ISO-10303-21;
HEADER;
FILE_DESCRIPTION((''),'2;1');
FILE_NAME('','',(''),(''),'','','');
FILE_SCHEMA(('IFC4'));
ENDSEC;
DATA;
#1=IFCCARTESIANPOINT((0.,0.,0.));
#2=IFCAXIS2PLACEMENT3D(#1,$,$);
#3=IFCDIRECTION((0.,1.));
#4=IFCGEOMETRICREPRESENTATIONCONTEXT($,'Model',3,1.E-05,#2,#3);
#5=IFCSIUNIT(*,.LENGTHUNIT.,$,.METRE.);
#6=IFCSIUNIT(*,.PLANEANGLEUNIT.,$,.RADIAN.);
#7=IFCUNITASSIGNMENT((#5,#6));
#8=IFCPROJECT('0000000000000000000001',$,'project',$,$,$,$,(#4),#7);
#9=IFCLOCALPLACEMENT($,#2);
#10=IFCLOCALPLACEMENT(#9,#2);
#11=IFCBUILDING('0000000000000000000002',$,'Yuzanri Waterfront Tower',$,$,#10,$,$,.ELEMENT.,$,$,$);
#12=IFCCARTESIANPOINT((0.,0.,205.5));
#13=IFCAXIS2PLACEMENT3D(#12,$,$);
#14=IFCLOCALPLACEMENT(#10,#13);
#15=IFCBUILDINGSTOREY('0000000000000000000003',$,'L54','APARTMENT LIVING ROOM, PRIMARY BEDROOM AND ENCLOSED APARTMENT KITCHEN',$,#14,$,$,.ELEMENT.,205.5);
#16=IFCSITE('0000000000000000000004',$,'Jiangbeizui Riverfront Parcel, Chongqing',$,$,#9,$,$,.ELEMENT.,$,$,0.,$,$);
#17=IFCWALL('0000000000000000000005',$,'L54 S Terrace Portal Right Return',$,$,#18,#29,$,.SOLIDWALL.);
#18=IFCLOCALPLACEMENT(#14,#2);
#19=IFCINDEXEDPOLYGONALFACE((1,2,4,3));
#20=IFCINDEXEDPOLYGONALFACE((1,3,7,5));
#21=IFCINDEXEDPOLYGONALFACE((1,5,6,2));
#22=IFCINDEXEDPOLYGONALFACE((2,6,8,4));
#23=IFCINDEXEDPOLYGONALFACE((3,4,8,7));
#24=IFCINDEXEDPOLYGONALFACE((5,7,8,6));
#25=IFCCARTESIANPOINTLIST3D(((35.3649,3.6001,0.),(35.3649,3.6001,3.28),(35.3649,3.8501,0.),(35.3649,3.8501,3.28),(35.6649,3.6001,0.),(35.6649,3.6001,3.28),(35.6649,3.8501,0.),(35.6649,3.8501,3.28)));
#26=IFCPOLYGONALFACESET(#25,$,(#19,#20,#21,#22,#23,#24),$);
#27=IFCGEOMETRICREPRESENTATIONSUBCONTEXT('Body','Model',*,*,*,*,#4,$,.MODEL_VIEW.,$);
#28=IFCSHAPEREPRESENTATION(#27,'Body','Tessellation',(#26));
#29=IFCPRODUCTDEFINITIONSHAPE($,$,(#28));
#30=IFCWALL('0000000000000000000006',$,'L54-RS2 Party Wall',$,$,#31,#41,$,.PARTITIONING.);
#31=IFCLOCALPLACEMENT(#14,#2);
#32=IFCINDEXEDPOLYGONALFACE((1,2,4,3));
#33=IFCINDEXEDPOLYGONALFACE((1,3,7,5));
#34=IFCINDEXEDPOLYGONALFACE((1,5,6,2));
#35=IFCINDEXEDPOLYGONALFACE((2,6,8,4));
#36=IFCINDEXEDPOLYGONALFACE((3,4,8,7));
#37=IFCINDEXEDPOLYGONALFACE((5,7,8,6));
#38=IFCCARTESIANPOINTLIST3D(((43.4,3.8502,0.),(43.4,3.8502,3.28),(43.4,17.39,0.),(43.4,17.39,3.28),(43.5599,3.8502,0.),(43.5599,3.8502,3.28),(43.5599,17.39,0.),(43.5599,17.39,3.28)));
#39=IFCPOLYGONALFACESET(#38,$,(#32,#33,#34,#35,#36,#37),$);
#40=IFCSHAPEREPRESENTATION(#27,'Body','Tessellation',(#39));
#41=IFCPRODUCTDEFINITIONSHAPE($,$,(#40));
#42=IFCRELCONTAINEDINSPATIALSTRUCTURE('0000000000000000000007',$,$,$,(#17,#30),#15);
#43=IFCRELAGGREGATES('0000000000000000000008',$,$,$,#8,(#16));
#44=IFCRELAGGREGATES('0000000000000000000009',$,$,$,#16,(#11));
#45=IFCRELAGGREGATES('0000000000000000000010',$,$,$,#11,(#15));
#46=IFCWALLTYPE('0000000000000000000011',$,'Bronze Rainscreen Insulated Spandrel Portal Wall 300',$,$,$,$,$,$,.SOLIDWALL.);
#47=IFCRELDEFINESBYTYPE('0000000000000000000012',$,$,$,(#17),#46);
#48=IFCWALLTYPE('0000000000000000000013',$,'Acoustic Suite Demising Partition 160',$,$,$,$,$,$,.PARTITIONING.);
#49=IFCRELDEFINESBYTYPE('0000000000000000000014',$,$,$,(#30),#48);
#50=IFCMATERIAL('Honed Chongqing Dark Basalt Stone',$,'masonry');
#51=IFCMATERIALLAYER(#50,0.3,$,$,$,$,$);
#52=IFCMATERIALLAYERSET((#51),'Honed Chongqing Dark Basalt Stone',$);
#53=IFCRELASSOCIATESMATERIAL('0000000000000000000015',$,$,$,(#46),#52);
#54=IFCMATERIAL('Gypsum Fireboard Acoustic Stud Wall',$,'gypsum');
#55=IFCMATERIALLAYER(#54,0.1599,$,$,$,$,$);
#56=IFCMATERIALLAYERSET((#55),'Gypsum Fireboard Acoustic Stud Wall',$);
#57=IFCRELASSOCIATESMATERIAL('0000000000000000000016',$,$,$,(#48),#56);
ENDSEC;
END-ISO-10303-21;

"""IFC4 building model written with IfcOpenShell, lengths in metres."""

from ifc_helpers import new_model, si_unit, direction, frame, frame_2d, origin, place, context, subcontext, project, spatial, rectangle, extrude, source, transform, mapped, material, layer, layer_set, type_object, element, save


model = new_model("IFC4")

# Units and contexts
model_context = context("Model", 3, precision=1e-05, world=origin(), true_north=direction((0.0, 1.0)))
body_context = subcontext(model_context, "Body", "Model", "MODEL_VIEW")
ifc_project = project(units=[si_unit("LENGTHUNIT", "METRE"), si_unit("PLANEANGLEUNIT", "RADIAN")], contexts=[model_context])

# Site, building, storey
site_placement = place(None, origin())
site = spatial("IfcSite", under=ifc_project, at=site_placement, Name="Jiangbeizui Riverfront Parcel, Chongqing", CompositionType="ELEMENT", RefElevation=0.0)
building_placement = place(site_placement, origin())
building = spatial("IfcBuilding", under=site, at=building_placement, Name="Yuzanri Waterfront Tower", CompositionType="ELEMENT")
storey_placement = place(building_placement, frame((0.0, 0.0, 205.5)))
storey = spatial("IfcBuildingStorey", under=building, at=storey_placement, Name="L54", Description="APARTMENT LIVING ROOM, PRIMARY BEDROOM AND ENCLOSED APARTMENT KITCHEN", CompositionType="ELEMENT", Elevation=205.5)

# Walls
ifc_material_1 = material(Name="Honed Chongqing Dark Basalt Stone", Category="masonry")
ifc_layer_1 = layer(ifc_material_1, 0.3)
ifc_layer_set_1 = layer_set([ifc_layer_1], Name="Honed Chongqing Dark Basalt Stone")
wall_type_1 = type_object("IfcWallType", Name="Bronze Rainscreen Insulated Spandrel Portal Wall 300", PredefinedType="SOLIDWALL", material=ifc_layer_set_1)
shared_shape_1 = source(origin(), body_context, "Body", "SweptSolid", [
    extrude(rectangle(XDim=0.25, YDim=0.3, at=frame_2d((0.125, 0.0))), origin(), (0.0, 0.0, 1.0), 3.28),
])
wall_1_placement = place(storey_placement, frame((35.5149, 3.6001, 0.0), z_axis=(0.0, 0.0, 1.0), x_axis=(0.0, 1.0, 0.0)))
element("IfcWall", 1, at=wall_1_placement, inside=storey, type_object=wall_type_1, Name="L54 S Terrace Portal Right Return", PredefinedType="SOLIDWALL", context=body_context, shape_type="MappedRepresentation", body=[
    mapped(shared_shape_1, transform((0.0, 0.0, 0.0), scale=1.0)),
])
ifc_material_2 = material(Name="Gypsum Fireboard Acoustic Stud Wall", Category="gypsum")
ifc_layer_2 = layer(ifc_material_2, 0.1599)
ifc_layer_set_2 = layer_set([ifc_layer_2], Name="Gypsum Fireboard Acoustic Stud Wall")
wall_type_2 = type_object("IfcWallType", Name="Acoustic Suite Demising Partition 160", PredefinedType="PARTITIONING", material=ifc_layer_set_2)
shared_shape_2 = source(origin(), body_context, "Body", "SweptSolid", [
    extrude(rectangle(XDim=13.5398, YDim=0.1599, at=frame_2d((6.77, 0.0))), origin(), (0.0, 0.0, 1.0), 3.28),
])
wall_2_placement = place(storey_placement, frame((43.48, 3.8501, 0.0), z_axis=(0.0, 0.0, 1.0), x_axis=(0.0, 1.0, 0.0)))
element("IfcWall", 2, at=wall_2_placement, inside=storey, type_object=wall_type_2, Name="L54-RS2 Party Wall", PredefinedType="PARTITIONING", context=body_context, shape_type="MappedRepresentation", body=[
    mapped(shared_shape_2, transform((0.0, 0.0, 0.0), scale=1.0)),
])

save(model, "model.ifc")
